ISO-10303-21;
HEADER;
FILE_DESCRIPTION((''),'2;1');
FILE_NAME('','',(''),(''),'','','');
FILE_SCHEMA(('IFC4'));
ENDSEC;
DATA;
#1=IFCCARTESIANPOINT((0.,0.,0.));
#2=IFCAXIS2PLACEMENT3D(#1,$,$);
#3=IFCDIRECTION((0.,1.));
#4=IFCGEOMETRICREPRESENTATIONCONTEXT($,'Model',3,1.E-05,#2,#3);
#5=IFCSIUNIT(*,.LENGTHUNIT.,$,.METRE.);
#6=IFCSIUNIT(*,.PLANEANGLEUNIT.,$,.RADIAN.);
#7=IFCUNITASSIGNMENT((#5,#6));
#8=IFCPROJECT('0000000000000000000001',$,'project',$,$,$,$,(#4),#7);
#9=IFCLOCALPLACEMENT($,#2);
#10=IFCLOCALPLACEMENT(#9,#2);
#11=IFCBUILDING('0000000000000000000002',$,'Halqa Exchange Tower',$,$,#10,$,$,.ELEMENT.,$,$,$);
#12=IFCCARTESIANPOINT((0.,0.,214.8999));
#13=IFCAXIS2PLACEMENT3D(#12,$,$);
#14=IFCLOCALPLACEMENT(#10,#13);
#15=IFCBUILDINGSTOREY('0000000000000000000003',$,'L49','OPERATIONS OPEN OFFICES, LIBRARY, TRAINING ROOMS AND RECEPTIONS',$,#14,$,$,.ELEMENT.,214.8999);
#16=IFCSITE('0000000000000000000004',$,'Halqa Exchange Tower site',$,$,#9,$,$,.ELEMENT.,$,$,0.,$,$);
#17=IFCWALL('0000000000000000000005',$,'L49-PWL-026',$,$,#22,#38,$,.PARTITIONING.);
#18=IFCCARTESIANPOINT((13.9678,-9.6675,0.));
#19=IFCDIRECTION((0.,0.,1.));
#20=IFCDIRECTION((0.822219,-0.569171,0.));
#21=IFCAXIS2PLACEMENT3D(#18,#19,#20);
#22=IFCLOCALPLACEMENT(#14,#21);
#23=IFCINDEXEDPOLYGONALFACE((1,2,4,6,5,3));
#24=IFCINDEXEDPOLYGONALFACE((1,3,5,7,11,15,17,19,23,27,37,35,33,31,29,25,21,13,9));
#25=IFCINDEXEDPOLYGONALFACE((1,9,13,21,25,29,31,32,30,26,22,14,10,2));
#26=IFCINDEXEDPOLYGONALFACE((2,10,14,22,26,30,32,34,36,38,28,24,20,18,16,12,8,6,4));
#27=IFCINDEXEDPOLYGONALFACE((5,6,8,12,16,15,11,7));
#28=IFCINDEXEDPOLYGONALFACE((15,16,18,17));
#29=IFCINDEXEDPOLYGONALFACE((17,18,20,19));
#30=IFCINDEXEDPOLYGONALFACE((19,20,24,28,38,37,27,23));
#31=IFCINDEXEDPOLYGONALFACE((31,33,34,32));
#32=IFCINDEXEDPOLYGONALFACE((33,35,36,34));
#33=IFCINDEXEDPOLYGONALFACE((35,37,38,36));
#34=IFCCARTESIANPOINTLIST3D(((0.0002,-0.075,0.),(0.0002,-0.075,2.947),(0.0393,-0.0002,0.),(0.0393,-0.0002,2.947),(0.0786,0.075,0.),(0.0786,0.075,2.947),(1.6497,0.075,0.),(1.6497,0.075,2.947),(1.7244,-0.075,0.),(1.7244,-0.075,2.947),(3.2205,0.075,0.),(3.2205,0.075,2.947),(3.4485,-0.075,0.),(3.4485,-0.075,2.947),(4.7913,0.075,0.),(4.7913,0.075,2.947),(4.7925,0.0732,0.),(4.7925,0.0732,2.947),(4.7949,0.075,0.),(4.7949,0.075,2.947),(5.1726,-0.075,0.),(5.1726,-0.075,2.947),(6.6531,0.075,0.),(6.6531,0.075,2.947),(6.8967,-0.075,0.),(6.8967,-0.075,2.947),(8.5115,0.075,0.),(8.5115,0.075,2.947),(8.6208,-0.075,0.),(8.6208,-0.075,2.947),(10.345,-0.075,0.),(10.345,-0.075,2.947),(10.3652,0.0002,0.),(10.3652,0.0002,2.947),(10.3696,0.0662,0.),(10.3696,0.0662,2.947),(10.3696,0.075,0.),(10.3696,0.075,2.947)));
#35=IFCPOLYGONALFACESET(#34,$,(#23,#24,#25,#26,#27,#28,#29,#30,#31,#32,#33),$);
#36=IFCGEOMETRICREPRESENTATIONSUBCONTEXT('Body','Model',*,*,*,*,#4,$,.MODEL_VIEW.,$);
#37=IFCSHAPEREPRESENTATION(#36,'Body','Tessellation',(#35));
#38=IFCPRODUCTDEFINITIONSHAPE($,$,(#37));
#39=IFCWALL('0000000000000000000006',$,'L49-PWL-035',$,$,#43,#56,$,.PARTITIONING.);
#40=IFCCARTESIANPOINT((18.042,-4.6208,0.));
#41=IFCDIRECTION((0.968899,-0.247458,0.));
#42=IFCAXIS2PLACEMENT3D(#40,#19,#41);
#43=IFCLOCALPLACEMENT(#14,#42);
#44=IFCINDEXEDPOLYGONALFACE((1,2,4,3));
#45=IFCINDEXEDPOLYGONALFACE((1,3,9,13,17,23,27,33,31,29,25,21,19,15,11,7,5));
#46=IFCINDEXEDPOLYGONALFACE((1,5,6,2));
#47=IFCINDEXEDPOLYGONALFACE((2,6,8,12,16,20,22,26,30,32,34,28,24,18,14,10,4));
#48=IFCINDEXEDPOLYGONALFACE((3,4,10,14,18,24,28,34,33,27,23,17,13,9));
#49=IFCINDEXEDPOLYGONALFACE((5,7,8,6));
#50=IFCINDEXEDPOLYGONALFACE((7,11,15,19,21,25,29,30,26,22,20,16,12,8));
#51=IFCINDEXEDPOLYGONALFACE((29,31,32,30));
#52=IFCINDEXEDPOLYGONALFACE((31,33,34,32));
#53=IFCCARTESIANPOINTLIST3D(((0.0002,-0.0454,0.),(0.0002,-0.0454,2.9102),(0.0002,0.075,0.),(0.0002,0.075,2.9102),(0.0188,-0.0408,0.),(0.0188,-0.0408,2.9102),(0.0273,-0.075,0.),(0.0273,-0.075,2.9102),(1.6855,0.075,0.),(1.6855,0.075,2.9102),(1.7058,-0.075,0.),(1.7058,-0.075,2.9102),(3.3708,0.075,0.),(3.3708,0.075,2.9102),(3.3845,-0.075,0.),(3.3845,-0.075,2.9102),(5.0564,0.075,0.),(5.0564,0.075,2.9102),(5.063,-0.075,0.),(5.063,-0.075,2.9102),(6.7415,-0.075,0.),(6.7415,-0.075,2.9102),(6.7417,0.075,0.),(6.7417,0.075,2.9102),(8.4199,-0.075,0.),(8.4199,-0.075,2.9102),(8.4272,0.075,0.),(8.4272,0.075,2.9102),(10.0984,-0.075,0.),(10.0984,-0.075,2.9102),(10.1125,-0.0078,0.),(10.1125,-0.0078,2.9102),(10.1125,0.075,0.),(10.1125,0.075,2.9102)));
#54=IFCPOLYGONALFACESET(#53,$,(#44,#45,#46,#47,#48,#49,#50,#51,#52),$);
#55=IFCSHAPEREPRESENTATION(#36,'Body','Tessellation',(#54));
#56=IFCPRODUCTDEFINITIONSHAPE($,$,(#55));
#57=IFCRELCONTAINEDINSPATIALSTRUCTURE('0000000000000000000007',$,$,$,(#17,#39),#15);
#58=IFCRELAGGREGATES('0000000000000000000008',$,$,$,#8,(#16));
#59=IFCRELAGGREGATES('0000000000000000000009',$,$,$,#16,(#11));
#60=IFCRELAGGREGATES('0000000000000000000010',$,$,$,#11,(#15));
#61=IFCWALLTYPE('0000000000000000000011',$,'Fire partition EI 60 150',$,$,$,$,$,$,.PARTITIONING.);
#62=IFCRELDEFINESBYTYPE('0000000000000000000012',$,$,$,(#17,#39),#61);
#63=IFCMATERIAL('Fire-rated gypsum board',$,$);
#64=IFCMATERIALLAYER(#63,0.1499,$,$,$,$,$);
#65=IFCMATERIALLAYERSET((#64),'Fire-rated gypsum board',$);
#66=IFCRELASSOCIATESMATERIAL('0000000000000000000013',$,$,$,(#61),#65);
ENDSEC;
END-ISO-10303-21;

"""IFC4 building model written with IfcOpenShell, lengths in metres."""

from ifc_helpers import new_model, si_unit, direction, frame, origin, place, context, subcontext, project, spatial, polyline, outline, extrude, material, layer, layer_set, type_object, element, save


model = new_model("IFC4")

# Units and contexts
model_context = context("Model", 3, precision=1e-05, world=origin(), true_north=direction((0.0, 1.0)))
body_context = subcontext(model_context, "Body", "Model", "MODEL_VIEW")
ifc_project = project(units=[si_unit("LENGTHUNIT", "METRE"), si_unit("PLANEANGLEUNIT", "RADIAN")], contexts=[model_context])

# Site, building, storey
site_placement = place(None, origin())
site = spatial("IfcSite", under=ifc_project, at=site_placement, Name="Halqa Exchange Tower site", CompositionType="ELEMENT", RefElevation=0.0)
building_placement = place(site_placement, origin())
building = spatial("IfcBuilding", under=site, at=building_placement, Name="Halqa Exchange Tower", CompositionType="ELEMENT")
storey_placement = place(building_placement, frame((0.0, 0.0, 214.8999)))
storey = spatial("IfcBuildingStorey", under=building, at=storey_placement, Name="L49", Description="OPERATIONS OPEN OFFICES, LIBRARY, TRAINING ROOMS AND RECEPTIONS", CompositionType="ELEMENT", Elevation=214.8999)

# Wall
ifc_material_1 = material(Name="Fire-rated gypsum board")
ifc_layer_1 = layer(ifc_material_1, 0.1499)
ifc_layer_set_1 = layer_set([ifc_layer_1], Name="Fire-rated gypsum board")
wall_type_1 = type_object("IfcWallType", Name="Fire partition EI 60 150", PredefinedType="PARTITIONING", material=ifc_layer_set_1)
wall_1_placement = place(storey_placement, frame((13.9678, -9.6675, 0.0), z_axis=(0.0, 0.0, 1.0), x_axis=(0.822219, -0.569171, 0.0)))
element("IfcWall", 1, at=wall_1_placement, inside=storey, type_object=wall_type_1, Name="L49-PWL-026", PredefinedType="PARTITIONING", context=body_context, shape_type="SweptSolid", body=[
    extrude(outline(polyline([(0.0002, -0.075), (1.7244, -0.075), (3.4485, -0.075), (5.1726, -0.075), (6.8967, -0.075), (8.6208, -0.075), (10.345, -0.075), (10.3652, 0.0002), (10.3696, 0.0662), (10.3696, 0.075), (8.5115, 0.075), (6.6531, 0.075), (4.7949, 0.075), (4.7925, 0.0732), (4.7913, 0.075), (3.2205, 0.075), (1.6497, 0.075), (0.0786, 0.075), (0.0393, -0.0002), (0.0002, -0.075)])), origin(), (0.0, 0.0, 1.0), 2.947),
])

# Wall
wall_2_placement = place(storey_placement, frame((18.042, -4.6208, 0.0), z_axis=(0.0, 0.0, 1.0), x_axis=(0.968899, -0.247458, 0.0)))
element("IfcWall", 2, at=wall_2_placement, inside=storey, type_object=wall_type_1, Name="L49-PWL-035", PredefinedType="PARTITIONING", context=body_context, shape_type="SweptSolid", body=[
    extrude(outline(polyline([(0.0273, -0.075), (1.7058, -0.075), (3.3845, -0.075), (5.063, -0.075), (6.7415, -0.075), (8.4199, -0.075), (10.0984, -0.075), (10.1125, -0.0078), (10.1125, 0.075), (8.4272, 0.075), (6.7417, 0.075), (5.0564, 0.075), (3.3708, 0.075), (1.6855, 0.075), (0.0002, 0.075), (0.0002, -0.0454), (0.0188, -0.0408), (0.0273, -0.075)])), origin(), (0.0, 0.0, 1.0), 2.9102),
])

save(model, "model.ifc")
